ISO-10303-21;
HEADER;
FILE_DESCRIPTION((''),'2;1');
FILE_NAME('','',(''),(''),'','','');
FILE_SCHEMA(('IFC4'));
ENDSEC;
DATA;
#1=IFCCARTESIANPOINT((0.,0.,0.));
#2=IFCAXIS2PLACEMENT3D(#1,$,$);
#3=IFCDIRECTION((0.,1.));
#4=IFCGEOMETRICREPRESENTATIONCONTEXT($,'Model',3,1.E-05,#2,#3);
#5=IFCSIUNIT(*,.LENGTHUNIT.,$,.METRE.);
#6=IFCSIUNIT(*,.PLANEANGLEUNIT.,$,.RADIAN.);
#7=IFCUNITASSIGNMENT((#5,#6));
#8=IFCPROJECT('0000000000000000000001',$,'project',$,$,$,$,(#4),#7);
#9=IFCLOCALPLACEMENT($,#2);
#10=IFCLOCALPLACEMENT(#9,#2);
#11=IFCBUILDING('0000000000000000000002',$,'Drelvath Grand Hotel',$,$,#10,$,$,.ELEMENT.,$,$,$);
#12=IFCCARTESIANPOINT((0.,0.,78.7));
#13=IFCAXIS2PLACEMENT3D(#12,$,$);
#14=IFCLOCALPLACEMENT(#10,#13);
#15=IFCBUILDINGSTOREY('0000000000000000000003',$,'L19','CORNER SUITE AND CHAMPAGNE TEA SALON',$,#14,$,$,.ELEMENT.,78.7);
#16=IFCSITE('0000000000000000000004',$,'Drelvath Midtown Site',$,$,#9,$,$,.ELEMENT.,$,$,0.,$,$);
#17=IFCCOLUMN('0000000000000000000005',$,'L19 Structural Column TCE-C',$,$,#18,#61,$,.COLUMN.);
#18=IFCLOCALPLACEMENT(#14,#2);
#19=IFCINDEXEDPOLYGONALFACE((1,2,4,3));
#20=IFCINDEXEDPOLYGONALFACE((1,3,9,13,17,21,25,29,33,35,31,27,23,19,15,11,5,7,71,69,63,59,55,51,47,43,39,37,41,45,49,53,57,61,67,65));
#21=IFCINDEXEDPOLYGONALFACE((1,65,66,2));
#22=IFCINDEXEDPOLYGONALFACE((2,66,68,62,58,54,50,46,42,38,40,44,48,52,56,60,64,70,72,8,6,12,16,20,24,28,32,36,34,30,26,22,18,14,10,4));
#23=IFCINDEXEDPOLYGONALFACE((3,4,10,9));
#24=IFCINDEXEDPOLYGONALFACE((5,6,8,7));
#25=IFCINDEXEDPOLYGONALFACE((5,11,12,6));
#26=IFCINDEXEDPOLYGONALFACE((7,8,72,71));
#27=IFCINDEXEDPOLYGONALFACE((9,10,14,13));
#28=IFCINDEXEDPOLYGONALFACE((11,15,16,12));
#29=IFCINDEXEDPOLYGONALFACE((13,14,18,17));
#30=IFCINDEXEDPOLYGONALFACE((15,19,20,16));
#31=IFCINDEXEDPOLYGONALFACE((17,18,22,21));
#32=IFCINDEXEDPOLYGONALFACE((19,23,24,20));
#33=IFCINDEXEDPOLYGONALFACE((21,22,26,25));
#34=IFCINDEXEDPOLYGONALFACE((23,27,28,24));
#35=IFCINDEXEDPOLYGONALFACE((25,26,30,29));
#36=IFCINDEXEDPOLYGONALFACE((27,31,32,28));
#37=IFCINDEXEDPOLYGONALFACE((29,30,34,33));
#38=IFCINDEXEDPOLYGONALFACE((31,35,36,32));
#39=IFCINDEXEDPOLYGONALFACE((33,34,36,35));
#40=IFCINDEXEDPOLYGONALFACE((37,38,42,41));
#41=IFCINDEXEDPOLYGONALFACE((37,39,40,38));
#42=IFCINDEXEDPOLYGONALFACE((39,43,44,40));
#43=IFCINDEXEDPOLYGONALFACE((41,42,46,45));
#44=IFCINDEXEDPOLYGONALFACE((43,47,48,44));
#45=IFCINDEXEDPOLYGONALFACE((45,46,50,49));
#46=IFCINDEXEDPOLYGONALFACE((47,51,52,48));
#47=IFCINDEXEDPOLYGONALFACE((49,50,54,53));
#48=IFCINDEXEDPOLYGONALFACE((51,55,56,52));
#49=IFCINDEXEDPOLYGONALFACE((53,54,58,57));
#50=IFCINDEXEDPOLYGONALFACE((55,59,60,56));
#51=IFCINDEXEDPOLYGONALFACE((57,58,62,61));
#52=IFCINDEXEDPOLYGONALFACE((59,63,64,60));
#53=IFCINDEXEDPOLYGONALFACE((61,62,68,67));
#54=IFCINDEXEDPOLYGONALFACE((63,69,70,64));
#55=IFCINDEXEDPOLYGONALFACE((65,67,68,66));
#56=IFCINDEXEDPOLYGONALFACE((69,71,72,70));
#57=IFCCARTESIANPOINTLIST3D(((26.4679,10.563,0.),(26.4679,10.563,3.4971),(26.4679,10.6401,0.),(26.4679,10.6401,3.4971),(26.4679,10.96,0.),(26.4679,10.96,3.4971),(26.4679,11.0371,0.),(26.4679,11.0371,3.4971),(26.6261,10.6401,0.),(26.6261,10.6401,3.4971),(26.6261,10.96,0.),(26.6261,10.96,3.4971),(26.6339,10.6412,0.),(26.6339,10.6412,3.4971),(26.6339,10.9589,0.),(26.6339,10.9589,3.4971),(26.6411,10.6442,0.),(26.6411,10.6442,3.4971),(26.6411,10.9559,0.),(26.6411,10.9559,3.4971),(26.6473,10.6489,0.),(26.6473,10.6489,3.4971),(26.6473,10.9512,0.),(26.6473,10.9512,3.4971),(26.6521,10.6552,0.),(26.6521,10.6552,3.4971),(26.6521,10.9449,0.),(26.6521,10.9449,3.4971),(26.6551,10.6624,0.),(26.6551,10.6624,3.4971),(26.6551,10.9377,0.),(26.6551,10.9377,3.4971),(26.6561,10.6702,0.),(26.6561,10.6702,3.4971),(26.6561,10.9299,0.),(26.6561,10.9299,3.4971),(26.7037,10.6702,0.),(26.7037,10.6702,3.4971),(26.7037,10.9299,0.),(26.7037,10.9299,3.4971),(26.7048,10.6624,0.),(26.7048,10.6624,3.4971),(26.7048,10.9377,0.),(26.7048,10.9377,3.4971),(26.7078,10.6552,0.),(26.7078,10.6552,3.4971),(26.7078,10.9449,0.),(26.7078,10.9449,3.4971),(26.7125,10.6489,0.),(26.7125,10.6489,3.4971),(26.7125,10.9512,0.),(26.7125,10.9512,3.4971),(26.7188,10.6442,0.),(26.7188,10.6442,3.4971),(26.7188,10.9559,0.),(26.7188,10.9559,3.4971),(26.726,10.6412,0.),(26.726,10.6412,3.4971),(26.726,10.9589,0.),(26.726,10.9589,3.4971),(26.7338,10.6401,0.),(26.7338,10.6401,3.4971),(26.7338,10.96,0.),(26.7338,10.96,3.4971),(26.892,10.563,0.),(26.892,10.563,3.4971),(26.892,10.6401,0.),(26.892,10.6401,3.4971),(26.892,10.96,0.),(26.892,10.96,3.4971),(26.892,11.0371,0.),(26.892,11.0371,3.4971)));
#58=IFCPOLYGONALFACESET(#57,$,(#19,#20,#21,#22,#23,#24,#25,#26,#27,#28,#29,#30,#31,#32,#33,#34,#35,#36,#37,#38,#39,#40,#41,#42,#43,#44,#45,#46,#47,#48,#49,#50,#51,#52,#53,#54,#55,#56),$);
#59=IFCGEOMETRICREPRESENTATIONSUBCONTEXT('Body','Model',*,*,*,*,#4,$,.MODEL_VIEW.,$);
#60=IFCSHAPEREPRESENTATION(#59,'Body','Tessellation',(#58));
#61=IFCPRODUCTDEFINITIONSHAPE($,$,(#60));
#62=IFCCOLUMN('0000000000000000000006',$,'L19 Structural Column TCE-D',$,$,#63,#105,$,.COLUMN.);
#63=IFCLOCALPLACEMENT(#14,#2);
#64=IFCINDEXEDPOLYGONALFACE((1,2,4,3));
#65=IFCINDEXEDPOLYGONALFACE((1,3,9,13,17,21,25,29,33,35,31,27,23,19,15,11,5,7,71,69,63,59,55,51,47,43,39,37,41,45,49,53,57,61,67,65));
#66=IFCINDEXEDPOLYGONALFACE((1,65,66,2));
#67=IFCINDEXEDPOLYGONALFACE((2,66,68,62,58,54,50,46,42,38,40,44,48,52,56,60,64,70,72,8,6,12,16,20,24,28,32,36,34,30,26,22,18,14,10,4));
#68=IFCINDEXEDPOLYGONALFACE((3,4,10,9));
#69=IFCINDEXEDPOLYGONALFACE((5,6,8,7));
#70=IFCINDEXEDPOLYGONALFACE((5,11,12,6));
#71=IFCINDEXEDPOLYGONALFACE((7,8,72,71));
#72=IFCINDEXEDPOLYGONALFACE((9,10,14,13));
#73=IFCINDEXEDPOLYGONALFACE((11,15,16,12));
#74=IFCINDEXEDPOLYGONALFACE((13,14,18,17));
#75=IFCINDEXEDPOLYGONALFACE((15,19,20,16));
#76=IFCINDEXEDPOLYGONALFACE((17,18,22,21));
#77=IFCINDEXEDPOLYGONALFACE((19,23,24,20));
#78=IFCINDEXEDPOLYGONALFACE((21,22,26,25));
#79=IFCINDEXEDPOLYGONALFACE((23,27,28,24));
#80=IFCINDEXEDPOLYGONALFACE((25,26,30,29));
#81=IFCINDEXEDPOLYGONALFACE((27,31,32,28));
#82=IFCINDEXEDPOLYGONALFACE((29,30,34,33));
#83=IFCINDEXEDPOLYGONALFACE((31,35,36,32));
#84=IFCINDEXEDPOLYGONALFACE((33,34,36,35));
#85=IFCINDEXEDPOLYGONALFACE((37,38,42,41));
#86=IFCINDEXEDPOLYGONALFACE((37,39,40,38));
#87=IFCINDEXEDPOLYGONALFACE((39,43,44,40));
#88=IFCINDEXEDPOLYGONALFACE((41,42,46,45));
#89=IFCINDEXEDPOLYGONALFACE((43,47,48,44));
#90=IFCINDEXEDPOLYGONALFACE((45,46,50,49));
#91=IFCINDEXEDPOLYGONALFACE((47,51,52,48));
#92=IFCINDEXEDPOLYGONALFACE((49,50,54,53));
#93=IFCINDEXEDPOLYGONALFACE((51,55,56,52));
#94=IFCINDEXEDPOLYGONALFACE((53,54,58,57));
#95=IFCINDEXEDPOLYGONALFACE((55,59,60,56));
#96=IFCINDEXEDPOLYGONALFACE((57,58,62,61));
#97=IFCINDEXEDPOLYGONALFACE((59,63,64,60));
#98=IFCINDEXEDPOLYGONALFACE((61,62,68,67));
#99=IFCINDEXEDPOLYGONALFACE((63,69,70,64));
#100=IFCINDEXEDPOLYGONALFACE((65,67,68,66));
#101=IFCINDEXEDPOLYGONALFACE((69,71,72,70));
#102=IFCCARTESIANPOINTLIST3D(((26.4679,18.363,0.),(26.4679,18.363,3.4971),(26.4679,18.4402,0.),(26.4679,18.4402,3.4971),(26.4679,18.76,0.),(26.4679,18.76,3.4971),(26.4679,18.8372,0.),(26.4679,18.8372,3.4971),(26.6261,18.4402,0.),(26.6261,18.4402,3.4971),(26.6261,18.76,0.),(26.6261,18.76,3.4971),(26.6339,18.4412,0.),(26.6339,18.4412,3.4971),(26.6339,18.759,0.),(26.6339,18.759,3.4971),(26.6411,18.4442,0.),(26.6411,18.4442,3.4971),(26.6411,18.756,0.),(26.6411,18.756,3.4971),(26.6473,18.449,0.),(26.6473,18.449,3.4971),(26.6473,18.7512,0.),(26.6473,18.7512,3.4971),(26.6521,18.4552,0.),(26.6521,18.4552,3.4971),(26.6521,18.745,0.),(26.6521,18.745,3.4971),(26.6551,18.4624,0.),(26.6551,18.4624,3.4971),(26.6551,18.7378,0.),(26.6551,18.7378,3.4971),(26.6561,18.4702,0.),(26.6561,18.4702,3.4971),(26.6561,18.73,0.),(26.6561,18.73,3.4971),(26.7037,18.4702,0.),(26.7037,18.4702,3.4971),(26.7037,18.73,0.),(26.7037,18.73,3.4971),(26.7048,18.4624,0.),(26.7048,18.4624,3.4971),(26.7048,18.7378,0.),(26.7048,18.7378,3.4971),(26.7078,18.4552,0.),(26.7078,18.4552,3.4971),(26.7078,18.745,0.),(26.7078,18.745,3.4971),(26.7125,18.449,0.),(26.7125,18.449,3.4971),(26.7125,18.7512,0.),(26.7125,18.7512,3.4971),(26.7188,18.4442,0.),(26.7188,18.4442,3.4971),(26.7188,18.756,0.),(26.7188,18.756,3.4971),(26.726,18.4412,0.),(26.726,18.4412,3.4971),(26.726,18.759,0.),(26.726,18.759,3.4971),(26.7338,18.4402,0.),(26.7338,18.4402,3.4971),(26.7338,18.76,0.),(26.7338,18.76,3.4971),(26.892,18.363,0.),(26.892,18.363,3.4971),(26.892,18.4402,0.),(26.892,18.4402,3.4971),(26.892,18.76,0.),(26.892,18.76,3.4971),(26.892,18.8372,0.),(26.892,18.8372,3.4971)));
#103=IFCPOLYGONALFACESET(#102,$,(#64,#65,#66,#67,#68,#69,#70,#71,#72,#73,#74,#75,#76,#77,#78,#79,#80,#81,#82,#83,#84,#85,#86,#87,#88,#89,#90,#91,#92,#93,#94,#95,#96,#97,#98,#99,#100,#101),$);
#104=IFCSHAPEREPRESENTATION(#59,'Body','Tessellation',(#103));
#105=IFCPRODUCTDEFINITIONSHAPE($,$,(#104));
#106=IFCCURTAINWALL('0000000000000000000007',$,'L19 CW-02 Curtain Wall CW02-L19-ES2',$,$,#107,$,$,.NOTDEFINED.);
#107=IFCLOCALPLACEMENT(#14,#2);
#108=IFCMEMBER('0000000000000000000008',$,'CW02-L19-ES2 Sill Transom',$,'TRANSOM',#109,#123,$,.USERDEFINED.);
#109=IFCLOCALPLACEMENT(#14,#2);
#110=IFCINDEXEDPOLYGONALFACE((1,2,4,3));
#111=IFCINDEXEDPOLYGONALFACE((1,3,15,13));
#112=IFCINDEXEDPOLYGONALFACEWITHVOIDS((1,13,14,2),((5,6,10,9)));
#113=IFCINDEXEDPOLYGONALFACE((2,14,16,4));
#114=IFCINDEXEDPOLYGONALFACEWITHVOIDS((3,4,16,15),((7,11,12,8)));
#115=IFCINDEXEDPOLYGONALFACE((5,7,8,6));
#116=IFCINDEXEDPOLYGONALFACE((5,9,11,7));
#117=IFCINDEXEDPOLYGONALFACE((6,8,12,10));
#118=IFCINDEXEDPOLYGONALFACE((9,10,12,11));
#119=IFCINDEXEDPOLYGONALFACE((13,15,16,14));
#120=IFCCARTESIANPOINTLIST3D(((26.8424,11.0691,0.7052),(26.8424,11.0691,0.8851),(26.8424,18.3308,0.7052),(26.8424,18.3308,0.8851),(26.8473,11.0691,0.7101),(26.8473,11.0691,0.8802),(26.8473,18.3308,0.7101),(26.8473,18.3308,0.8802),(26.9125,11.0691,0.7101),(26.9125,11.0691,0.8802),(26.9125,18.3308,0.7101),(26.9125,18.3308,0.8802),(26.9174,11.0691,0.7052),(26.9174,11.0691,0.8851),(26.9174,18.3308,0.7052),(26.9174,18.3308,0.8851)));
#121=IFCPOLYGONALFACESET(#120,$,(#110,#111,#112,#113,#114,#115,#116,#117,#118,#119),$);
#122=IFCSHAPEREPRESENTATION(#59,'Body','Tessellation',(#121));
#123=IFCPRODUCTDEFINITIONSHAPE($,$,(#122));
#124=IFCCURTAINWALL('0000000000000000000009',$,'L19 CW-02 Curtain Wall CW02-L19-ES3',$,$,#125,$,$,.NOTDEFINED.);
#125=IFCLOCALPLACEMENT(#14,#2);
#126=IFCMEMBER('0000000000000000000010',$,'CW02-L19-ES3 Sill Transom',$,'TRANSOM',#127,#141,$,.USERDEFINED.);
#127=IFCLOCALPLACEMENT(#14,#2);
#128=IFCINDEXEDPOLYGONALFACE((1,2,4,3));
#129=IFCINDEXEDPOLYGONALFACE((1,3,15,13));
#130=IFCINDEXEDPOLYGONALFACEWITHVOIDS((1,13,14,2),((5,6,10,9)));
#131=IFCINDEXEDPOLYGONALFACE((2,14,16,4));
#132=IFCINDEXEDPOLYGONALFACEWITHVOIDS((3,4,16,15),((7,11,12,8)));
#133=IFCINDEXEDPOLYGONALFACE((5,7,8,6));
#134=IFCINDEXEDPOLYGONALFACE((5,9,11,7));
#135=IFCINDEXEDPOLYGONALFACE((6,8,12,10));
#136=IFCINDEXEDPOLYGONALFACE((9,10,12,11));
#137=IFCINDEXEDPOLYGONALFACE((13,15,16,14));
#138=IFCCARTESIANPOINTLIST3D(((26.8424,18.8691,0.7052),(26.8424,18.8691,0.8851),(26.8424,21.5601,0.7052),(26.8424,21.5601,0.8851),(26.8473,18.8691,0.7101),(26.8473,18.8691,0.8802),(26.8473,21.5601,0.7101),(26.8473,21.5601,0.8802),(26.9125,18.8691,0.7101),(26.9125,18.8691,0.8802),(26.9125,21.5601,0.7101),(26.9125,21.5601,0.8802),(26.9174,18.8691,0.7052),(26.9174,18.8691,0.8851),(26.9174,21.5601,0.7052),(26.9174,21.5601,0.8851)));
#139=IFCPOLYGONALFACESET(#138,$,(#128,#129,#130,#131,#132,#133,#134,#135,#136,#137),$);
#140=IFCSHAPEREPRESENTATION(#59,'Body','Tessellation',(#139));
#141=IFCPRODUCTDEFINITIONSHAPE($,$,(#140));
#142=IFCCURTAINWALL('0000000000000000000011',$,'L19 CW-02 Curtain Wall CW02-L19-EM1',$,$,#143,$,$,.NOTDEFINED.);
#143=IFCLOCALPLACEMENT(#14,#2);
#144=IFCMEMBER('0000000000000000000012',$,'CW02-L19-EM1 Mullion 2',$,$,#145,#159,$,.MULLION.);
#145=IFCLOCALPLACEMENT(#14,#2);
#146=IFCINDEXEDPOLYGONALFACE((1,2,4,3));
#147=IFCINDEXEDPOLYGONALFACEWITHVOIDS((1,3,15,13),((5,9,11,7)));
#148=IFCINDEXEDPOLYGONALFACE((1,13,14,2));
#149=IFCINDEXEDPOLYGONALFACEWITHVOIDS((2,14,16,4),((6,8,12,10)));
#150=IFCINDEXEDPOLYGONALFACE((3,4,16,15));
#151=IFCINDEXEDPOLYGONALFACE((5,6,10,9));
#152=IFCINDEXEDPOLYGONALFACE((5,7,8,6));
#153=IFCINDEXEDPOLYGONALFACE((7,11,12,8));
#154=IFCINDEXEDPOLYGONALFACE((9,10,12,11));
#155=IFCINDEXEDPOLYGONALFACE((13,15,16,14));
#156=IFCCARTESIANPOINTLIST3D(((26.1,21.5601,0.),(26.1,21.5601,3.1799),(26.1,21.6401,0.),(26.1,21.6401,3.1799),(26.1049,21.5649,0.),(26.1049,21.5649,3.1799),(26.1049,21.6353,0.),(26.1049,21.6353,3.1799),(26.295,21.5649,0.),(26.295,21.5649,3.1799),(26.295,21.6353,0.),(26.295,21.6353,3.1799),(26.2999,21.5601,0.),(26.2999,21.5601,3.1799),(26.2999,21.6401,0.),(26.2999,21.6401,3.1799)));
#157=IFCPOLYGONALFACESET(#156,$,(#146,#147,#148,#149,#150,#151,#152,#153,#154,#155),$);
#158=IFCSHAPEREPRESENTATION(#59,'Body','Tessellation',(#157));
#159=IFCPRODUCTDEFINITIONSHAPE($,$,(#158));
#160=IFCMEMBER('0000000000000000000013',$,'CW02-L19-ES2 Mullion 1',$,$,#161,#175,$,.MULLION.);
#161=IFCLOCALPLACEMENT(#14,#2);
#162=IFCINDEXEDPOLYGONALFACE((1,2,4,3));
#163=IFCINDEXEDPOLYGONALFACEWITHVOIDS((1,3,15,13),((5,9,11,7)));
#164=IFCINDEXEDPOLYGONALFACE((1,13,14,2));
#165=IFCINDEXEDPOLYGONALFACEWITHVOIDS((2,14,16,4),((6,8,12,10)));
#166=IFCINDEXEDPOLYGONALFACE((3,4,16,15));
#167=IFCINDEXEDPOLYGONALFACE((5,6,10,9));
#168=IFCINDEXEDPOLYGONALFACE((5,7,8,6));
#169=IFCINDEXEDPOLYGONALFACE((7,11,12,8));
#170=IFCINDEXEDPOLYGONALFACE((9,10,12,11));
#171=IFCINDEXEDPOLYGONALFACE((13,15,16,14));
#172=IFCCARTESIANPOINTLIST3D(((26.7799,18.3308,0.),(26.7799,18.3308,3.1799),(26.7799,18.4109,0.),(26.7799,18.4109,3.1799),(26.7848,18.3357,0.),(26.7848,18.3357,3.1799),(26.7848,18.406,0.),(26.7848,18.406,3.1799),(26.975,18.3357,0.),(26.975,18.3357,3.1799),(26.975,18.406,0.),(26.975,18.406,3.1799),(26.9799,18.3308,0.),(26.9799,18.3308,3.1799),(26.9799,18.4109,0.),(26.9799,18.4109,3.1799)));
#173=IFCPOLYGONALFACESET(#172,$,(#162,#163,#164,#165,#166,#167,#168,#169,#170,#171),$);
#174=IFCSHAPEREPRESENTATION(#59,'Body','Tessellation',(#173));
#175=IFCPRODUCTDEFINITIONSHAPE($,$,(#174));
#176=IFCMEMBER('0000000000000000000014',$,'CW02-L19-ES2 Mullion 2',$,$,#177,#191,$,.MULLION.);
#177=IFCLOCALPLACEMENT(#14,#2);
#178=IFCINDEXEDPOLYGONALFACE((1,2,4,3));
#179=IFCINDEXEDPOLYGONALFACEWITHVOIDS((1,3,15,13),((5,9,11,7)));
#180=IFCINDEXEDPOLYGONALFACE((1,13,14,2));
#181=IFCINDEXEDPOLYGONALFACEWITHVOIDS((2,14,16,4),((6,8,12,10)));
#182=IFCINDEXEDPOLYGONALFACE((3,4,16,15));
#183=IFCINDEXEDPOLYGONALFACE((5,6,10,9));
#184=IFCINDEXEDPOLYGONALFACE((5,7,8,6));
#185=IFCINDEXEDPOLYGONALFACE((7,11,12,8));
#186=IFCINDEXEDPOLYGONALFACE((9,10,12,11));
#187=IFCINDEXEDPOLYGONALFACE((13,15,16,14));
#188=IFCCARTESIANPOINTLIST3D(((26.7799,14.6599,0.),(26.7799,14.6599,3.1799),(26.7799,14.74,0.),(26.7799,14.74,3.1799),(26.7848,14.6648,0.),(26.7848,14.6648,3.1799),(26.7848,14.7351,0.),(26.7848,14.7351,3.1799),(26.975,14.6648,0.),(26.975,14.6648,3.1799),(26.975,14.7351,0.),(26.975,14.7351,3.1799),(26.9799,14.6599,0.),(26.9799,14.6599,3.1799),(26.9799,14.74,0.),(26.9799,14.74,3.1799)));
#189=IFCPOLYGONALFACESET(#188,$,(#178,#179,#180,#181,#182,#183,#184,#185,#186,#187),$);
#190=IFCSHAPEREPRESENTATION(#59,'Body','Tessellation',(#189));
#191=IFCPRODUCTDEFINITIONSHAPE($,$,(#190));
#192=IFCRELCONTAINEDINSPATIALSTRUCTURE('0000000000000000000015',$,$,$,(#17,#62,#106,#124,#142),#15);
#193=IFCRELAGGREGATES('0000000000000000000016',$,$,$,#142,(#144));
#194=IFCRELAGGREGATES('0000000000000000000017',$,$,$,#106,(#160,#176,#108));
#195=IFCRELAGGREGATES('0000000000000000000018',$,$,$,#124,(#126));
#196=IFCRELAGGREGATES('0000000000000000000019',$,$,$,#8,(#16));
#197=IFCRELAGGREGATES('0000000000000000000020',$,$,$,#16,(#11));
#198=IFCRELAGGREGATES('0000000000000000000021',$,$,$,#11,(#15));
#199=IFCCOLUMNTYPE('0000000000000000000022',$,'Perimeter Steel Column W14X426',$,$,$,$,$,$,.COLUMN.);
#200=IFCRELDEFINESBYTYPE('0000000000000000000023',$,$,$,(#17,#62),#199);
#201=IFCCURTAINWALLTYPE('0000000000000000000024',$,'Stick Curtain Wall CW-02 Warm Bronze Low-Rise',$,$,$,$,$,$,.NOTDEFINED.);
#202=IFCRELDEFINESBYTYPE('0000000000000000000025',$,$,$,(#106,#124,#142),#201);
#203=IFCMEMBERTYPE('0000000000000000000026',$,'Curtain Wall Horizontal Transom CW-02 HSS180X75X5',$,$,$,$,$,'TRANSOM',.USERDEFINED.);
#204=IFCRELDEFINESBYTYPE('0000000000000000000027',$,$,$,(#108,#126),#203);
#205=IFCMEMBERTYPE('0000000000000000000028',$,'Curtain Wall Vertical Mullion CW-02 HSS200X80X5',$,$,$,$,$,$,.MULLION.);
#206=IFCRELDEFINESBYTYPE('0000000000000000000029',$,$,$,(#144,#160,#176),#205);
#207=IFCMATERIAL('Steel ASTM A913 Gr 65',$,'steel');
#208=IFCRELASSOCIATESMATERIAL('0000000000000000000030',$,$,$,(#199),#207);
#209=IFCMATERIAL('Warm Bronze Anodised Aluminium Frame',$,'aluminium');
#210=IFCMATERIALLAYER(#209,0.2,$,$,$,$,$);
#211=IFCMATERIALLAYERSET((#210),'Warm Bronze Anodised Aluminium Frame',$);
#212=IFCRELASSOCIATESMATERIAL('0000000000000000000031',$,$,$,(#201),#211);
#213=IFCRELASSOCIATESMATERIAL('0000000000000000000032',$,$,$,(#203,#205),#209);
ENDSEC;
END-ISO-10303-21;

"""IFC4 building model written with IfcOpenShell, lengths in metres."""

from ifc_helpers import new_model, si_unit, direction, frame, origin, origin_2d, place, context, subcontext, project, spatial, hollow_rectangle, i_section, extrude, material, layer, layer_set, material_profile, profile_set, type_object, element, aggregate, save


model = new_model("IFC4")

# Units and contexts
model_context = context("Model", 3, precision=1e-05, world=origin(), true_north=direction((0.0, 1.0)))
body_context = subcontext(model_context, "Body", "Model", "MODEL_VIEW")
ifc_project = project(units=[si_unit("LENGTHUNIT", "METRE"), si_unit("PLANEANGLEUNIT", "RADIAN")], contexts=[model_context])

# Site, building, storey
site_placement = place(None, origin())
site = spatial("IfcSite", under=ifc_project, at=site_placement, Name="Drelvath Midtown Site", CompositionType="ELEMENT", RefElevation=0.0)
building_placement = place(site_placement, origin())
building = spatial("IfcBuilding", under=site, at=building_placement, Name="Drelvath Grand Hotel", CompositionType="ELEMENT")
storey_placement = place(building_placement, frame((0.0, 0.0, 78.7)))
storey = spatial("IfcBuildingStorey", under=building, at=storey_placement, Name="L19", Description="CORNER SUITE AND CHAMPAGNE TEA SALON", CompositionType="ELEMENT", Elevation=78.7)

# Columns
ifc_material_1 = material(Name="Steel ASTM A913 Gr 65", Category="steel")
ifc_material_profile_1 = material_profile(ifc_material_1, i_section(OverallWidth=0.4241, OverallDepth=0.4741, WebThickness=0.0476, FlangeThickness=0.0771, FilletRadius=0.03, at=origin_2d()), Name="W14X426")
ifc_profile_set_1 = profile_set([ifc_material_profile_1], Name="Steel ASTM A913 Gr 65")
column_type = type_object("IfcColumnType", Name="Perimeter Steel Column W14X426", PredefinedType="COLUMN", material=ifc_profile_set_1)
for number, where, z_axis, x_axis, name in (
    (1, (26.6799, 10.8, 0.0), (0.0, 0.0, 1.0), (1.0, 0.0, 0.0), "L19 Structural Column TCE-C"),
    (2, (26.6799, 18.6001, 0.0), (0.0, 0.0, 1.0), (1.0, 0.0, 0.0), "L19 Structural Column TCE-D"),
):
    element("IfcColumn", number, at=place(storey_placement, frame(where, z_axis=z_axis, x_axis=x_axis)), inside=storey, type_object=column_type, Name=name, PredefinedType="COLUMN", context=body_context, shape_type="SweptSolid", body=[
        extrude(i_section(OverallWidth=0.4241, OverallDepth=0.4741, WebThickness=0.0476, FlangeThickness=0.0771, FilletRadius=0.03, at=origin_2d()), origin(), (0.0, 0.0, 1.0), 3.4971),
    ])

# Curtain walls, members
ifc_material_2 = material(Name="Warm Bronze Anodised Aluminium Frame", Category="aluminium")
ifc_layer_1 = layer(ifc_material_2, 0.2)
ifc_layer_set_1 = layer_set([ifc_layer_1], Name="Warm Bronze Anodised Aluminium Frame")
curtain_wall_type = type_object("IfcCurtainWallType", Name="Stick Curtain Wall CW-02 Warm Bronze Low-Rise", PredefinedType="NOTDEFINED", material=ifc_layer_set_1)
curtain_wall_1_placement = place(storey_placement, origin())
curtain_wall_1 = element("IfcCurtainWall", 3, at=curtain_wall_1_placement, inside=storey, type_object=curtain_wall_type, Name="L19 CW-02 Curtain Wall CW02-L19-ES2", PredefinedType="NOTDEFINED")
ifc_material_profile_2 = material_profile(ifc_material_2, hollow_rectangle(XDim=0.075, YDim=0.1799, WallThickness=0.0049, at=origin_2d()), Name="HSS180X75X5")
ifc_profile_set_2 = profile_set([ifc_material_profile_2], Name="Warm Bronze Anodised Aluminium Frame")
member_type_1 = type_object("IfcMemberType", Name="Curtain Wall Horizontal Transom CW-02 HSS180X75X5", ElementType="TRANSOM", PredefinedType="USERDEFINED", material=ifc_profile_set_2)
member_1_placement = place(storey_placement, frame((26.8799, 18.3308, 0.7952), z_axis=(0.0, -1.0, 0.0), x_axis=(1.0, 0.0, 0.0)))
member_1 = element("IfcMember", 4, at=member_1_placement, type_object=member_type_1, Name="CW02-L19-ES2 Sill Transom", ObjectType="TRANSOM", PredefinedType="USERDEFINED", context=body_context, shape_type="SweptSolid", body=[
    extrude(hollow_rectangle(XDim=0.075, YDim=0.1799, WallThickness=0.0049, at=origin_2d()), origin(), (0.0, 0.0, 1.0), 7.2617),
])
curtain_wall_2_placement = place(storey_placement, origin())
curtain_wall_2 = element("IfcCurtainWall", 5, at=curtain_wall_2_placement, inside=storey, type_object=curtain_wall_type, Name="L19 CW-02 Curtain Wall CW02-L19-ES3", PredefinedType="NOTDEFINED")
member_2_placement = place(storey_placement, frame((26.8799, 21.5601, 0.7952), z_axis=(0.0, -1.0, 0.0), x_axis=(1.0, 0.0, 0.0)))
member_2 = element("IfcMember", 6, at=member_2_placement, type_object=member_type_1, Name="CW02-L19-ES3 Sill Transom", ObjectType="TRANSOM", PredefinedType="USERDEFINED", context=body_context, shape_type="SweptSolid", body=[
    extrude(hollow_rectangle(XDim=0.075, YDim=0.1799, WallThickness=0.0049, at=origin_2d()), origin(), (0.0, 0.0, 1.0), 2.6909),
])
curtain_wall_3_placement = place(storey_placement, origin())
curtain_wall_3 = element("IfcCurtainWall", 7, at=curtain_wall_3_placement, inside=storey, type_object=curtain_wall_type, Name="L19 CW-02 Curtain Wall CW02-L19-EM1", PredefinedType="NOTDEFINED")
ifc_material_profile_3 = material_profile(ifc_material_2, hollow_rectangle(XDim=0.0801, YDim=0.2, WallThickness=0.0049, at=origin_2d()), Name="HSS200X80X5")
ifc_profile_set_3 = profile_set([ifc_material_profile_3], Name="Warm Bronze Anodised Aluminium Frame")
member_type_2 = type_object("IfcMemberType", Name="Curtain Wall Vertical Mullion CW-02 HSS200X80X5", PredefinedType="MULLION", material=ifc_profile_set_3)
member_3_placement = place(storey_placement, frame((26.2, 21.6001, 0.0), z_axis=(0.0, 0.0, 1.0), x_axis=(0.0, 1.0, 0.0)))
member_3 = element("IfcMember", 8, at=member_3_placement, type_object=member_type_2, Name="CW02-L19-EM1 Mullion 2", PredefinedType="MULLION", context=body_context, shape_type="SweptSolid", body=[
    extrude(hollow_rectangle(XDim=0.0801, YDim=0.2, WallThickness=0.0049, at=origin_2d()), origin(), (0.0, 0.0, 1.0), 3.1799),
])

# Members
member_4_placement = place(storey_placement, frame((26.8799, 18.3708, 0.0), z_axis=(0.0, 0.0, 1.0), x_axis=(0.0, 1.0, 0.0)))
member_4 = element("IfcMember", 9, at=member_4_placement, type_object=member_type_2, Name="CW02-L19-ES2 Mullion 1", PredefinedType="MULLION", context=body_context, shape_type="SweptSolid", body=[
    extrude(hollow_rectangle(XDim=0.0801, YDim=0.2, WallThickness=0.0049, at=origin_2d()), origin(), (0.0, 0.0, 1.0), 3.1799),
])
member_5_placement = place(storey_placement, frame((26.8799, 14.7, 0.0), z_axis=(0.0, 0.0, 1.0), x_axis=(0.0, 1.0, 0.0)))
member_5 = element("IfcMember", 10, at=member_5_placement, type_object=member_type_2, Name="CW02-L19-ES2 Mullion 2", PredefinedType="MULLION", context=body_context, shape_type="SweptSolid", body=[
    extrude(hollow_rectangle(XDim=0.0801, YDim=0.2, WallThickness=0.0049, at=origin_2d()), origin(), (0.0, 0.0, 1.0), 3.1799),
])

aggregate(curtain_wall_3, [member_3])
aggregate(curtain_wall_1, [member_4, member_5, member_1])
aggregate(curtain_wall_2, [member_2])

save(model, "model.ifc")
